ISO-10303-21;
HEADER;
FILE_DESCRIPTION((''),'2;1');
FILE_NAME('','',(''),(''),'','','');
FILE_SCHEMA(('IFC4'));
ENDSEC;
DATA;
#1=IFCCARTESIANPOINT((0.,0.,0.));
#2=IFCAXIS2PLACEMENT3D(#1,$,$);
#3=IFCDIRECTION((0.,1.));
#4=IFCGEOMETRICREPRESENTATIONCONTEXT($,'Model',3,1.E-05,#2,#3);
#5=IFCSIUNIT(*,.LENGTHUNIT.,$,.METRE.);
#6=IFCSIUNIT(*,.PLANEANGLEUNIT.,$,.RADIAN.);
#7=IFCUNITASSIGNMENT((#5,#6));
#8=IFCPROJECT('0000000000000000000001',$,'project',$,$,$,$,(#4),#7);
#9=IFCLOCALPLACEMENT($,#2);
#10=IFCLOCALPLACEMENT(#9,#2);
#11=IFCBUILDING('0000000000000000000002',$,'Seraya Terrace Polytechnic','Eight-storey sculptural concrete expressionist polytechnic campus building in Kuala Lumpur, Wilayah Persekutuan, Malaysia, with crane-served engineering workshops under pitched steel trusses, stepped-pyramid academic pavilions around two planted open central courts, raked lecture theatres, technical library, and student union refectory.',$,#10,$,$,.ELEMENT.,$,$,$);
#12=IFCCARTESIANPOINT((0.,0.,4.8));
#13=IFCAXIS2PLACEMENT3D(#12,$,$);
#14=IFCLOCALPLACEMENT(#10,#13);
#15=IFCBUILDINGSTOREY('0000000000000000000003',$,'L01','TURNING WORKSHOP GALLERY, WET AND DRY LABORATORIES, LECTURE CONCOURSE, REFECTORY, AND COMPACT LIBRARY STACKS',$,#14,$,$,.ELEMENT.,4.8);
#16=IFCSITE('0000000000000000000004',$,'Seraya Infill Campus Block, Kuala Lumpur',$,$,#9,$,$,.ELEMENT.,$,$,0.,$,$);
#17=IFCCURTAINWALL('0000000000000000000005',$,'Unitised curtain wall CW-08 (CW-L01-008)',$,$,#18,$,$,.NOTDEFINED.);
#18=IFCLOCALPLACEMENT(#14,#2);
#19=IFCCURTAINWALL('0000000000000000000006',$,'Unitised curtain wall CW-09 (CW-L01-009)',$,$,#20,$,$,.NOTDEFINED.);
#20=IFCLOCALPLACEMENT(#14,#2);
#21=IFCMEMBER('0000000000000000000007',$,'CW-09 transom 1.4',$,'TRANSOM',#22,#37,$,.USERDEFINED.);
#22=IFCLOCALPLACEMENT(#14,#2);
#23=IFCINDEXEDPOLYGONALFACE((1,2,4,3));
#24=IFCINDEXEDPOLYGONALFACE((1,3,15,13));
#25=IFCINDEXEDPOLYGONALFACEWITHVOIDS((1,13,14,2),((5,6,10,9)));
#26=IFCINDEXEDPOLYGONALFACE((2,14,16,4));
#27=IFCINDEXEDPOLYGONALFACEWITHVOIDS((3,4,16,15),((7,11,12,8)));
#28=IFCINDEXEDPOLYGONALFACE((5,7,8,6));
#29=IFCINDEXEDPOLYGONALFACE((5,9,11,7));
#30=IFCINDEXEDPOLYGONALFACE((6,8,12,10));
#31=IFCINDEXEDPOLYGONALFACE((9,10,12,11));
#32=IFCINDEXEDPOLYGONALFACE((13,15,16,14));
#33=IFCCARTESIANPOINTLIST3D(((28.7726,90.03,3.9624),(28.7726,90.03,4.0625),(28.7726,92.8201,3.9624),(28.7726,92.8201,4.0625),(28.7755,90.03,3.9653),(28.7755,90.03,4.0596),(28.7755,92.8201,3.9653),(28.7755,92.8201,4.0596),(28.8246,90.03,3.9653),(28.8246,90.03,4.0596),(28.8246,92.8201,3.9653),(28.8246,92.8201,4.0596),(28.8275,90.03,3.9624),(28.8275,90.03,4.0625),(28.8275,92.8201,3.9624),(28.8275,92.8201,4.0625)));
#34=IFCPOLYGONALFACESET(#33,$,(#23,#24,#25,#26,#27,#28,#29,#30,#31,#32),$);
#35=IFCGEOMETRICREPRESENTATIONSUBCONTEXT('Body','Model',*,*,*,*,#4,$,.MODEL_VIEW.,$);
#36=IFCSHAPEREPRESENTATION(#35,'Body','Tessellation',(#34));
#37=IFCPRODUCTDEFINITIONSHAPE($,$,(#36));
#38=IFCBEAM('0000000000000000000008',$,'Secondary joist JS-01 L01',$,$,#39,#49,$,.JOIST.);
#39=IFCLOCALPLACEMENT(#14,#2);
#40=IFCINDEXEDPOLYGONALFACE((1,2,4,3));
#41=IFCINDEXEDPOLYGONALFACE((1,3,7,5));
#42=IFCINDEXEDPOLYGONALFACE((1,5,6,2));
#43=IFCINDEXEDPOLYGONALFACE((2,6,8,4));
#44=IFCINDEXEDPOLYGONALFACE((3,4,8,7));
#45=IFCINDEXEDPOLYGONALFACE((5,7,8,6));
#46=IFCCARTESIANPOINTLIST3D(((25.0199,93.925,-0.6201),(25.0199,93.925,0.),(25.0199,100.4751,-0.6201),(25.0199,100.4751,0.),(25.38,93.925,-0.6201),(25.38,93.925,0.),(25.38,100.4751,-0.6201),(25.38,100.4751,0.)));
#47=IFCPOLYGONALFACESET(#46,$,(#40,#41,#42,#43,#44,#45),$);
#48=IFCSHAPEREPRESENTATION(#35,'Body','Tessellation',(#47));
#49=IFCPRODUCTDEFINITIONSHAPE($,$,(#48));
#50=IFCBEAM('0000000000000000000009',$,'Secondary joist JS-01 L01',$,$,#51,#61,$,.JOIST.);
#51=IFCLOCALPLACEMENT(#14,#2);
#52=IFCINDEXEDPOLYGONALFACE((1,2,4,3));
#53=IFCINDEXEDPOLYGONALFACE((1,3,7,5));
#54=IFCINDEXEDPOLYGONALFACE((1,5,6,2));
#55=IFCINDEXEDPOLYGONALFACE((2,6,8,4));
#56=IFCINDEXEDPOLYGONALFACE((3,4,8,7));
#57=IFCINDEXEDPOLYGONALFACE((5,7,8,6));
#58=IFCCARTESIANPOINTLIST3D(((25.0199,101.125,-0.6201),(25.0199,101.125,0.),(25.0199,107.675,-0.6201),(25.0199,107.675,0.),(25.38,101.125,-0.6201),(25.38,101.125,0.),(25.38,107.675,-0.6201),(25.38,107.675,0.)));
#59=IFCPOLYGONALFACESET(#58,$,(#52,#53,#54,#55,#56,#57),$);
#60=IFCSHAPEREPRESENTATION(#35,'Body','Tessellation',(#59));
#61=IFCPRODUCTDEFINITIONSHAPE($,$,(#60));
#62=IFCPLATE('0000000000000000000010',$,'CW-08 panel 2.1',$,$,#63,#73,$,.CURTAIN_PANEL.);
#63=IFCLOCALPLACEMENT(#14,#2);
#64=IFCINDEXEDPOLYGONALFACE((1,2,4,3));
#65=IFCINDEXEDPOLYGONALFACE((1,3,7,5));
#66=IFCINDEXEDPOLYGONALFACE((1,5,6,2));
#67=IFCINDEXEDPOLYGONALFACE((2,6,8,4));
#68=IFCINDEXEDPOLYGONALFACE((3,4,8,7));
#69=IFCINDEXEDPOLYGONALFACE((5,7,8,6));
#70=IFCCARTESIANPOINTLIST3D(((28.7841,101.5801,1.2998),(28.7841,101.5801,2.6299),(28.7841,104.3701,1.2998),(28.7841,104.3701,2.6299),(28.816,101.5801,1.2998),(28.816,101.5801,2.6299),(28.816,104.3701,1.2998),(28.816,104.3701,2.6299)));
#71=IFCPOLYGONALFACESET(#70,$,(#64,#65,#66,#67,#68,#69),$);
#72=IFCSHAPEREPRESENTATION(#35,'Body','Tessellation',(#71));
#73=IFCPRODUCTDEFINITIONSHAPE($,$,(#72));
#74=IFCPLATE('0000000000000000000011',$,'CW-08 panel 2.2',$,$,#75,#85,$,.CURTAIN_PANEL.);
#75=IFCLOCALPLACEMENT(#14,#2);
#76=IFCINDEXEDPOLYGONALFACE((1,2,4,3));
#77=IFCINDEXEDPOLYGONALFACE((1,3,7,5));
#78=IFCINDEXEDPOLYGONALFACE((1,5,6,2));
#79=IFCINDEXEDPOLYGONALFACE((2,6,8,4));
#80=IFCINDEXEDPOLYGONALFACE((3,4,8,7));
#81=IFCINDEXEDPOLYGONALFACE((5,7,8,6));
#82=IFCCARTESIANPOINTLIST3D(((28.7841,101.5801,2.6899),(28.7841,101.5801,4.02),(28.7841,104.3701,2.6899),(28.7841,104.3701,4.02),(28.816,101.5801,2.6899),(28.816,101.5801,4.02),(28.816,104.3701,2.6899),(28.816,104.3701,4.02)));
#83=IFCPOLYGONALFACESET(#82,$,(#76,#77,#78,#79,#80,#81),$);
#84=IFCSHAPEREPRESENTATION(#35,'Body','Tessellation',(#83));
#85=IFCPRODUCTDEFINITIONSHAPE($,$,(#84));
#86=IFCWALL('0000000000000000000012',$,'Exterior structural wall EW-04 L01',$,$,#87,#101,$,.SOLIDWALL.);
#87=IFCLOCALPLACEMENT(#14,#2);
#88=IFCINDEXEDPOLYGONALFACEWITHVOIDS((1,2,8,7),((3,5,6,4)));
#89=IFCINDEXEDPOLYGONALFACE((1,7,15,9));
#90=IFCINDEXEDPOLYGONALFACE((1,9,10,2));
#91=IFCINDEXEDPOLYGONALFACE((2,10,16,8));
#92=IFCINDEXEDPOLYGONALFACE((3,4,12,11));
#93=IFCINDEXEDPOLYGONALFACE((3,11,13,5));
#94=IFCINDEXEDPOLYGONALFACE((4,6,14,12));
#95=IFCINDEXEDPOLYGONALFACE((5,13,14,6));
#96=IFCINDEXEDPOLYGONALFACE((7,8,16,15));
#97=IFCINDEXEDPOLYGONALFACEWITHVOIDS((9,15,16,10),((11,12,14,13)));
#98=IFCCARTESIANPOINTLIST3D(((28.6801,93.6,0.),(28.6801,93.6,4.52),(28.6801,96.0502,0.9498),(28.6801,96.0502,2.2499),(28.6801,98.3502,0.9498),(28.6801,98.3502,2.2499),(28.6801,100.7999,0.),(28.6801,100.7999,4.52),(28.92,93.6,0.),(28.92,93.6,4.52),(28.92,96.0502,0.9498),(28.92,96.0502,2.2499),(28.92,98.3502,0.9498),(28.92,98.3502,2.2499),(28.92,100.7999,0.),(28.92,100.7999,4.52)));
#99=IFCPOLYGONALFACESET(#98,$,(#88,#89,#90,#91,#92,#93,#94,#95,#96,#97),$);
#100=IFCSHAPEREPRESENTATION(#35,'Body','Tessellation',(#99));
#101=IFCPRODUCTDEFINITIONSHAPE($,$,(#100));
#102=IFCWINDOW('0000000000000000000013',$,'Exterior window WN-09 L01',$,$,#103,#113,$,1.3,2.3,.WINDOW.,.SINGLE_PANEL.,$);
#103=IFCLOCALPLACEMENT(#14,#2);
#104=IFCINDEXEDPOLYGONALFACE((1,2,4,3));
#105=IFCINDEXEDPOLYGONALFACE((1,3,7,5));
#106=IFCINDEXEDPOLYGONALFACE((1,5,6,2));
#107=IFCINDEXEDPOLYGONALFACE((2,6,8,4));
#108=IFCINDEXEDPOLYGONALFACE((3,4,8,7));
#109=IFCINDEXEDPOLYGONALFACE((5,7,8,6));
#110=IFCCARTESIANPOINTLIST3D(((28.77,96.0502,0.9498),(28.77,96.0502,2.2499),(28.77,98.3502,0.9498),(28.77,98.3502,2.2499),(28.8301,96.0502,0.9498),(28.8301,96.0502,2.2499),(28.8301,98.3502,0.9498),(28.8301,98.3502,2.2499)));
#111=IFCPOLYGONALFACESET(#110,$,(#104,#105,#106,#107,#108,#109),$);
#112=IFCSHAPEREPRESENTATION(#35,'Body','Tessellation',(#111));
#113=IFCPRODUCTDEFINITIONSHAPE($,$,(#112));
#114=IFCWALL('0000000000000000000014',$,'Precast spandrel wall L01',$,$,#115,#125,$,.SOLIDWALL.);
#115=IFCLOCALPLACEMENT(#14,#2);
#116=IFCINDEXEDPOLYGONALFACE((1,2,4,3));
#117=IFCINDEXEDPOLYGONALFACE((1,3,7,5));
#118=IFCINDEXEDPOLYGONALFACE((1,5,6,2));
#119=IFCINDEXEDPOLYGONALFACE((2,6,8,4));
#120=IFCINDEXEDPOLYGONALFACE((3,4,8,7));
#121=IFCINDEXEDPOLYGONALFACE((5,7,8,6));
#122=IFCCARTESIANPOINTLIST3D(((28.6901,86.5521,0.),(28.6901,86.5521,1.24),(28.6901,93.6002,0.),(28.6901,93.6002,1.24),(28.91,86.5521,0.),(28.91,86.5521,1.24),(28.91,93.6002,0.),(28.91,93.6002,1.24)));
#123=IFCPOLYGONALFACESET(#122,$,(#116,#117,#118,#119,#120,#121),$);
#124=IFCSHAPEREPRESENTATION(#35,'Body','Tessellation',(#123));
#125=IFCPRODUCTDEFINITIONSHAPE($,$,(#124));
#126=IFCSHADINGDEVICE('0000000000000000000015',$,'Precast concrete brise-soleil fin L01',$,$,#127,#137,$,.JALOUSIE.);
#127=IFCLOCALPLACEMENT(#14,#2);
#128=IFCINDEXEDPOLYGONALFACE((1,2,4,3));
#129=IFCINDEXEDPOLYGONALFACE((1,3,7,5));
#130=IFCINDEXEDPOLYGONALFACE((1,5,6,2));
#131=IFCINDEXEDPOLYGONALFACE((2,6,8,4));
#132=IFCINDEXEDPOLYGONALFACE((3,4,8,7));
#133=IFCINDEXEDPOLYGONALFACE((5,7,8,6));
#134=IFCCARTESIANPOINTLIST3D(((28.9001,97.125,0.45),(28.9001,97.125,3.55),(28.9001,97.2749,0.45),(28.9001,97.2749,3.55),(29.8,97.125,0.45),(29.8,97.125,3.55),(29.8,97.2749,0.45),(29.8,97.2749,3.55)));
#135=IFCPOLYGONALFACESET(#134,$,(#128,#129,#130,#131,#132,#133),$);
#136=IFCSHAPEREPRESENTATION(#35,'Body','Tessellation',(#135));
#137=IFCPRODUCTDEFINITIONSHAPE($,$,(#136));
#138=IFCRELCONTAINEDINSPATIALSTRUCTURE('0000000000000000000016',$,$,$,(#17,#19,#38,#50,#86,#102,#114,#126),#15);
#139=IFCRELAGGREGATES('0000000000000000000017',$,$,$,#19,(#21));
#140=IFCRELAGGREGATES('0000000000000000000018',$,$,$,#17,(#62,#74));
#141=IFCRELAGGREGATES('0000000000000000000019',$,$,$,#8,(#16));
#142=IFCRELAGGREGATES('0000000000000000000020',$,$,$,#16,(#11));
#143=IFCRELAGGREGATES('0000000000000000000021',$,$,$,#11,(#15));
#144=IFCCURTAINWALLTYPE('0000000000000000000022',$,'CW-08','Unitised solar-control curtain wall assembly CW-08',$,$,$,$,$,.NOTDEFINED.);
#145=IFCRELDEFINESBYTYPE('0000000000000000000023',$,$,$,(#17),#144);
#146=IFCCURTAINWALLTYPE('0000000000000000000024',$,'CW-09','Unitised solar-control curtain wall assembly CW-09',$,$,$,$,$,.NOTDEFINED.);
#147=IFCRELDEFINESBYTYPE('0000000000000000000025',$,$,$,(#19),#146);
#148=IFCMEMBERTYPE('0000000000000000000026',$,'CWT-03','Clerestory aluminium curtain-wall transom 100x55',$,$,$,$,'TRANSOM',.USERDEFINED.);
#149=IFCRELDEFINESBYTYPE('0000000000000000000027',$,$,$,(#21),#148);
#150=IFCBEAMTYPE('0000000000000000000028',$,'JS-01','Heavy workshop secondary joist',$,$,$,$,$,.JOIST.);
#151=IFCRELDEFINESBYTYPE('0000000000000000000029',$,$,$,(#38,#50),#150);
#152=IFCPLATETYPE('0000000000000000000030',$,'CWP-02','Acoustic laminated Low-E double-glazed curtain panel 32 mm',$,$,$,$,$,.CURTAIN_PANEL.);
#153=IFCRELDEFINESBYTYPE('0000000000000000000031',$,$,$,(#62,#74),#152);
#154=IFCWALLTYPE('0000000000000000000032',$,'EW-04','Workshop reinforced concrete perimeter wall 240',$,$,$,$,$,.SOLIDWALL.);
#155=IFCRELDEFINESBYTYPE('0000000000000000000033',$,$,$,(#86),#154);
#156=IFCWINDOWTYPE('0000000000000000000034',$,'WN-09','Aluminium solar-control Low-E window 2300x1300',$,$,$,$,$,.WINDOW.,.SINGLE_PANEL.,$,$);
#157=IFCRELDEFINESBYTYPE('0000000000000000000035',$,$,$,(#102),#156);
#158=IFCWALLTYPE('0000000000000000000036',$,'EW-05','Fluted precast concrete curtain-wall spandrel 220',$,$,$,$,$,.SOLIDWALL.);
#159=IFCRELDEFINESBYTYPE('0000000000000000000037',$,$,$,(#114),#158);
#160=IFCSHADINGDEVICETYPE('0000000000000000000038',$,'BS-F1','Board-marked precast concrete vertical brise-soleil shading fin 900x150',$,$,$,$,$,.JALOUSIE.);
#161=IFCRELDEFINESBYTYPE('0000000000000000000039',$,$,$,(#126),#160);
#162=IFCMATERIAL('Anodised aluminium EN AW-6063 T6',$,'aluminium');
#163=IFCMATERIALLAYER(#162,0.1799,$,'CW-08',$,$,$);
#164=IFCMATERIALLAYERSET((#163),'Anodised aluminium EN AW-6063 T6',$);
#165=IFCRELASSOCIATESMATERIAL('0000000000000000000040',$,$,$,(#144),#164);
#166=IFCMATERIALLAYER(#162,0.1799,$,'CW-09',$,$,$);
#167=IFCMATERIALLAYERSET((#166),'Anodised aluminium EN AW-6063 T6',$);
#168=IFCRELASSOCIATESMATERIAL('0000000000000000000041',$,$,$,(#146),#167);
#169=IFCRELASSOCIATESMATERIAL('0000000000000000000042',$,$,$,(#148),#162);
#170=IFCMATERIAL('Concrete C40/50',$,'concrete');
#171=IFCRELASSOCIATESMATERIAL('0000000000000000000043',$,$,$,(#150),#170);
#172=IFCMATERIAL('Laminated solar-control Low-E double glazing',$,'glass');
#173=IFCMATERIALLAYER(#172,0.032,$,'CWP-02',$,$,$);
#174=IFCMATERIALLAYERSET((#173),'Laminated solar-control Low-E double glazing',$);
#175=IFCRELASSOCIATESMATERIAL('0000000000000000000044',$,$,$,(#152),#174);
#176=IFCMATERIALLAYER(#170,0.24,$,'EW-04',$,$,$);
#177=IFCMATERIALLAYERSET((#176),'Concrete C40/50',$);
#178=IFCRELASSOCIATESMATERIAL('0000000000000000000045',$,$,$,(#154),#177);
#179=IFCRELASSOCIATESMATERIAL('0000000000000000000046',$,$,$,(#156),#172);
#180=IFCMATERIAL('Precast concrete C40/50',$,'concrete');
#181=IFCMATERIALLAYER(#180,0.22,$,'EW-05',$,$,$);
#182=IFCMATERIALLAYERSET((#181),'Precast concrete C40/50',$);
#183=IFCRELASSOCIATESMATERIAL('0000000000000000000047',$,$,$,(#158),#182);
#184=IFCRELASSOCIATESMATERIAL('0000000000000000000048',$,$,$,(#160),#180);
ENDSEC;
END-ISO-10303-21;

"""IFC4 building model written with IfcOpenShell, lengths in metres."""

from ifc_helpers import new_model, si_unit, direction, frame, frame_2d, origin, origin_2d, place, context, subcontext, project, spatial, rectangle, hollow_rectangle, extrude, material, layer, layer_set, material_profile, profile_set, type_object, element, fill, aggregate, save


model = new_model("IFC4")

# Units and contexts
model_context = context("Model", 3, precision=1e-05, world=origin(), true_north=direction((0.0, 1.0)))
body_context = subcontext(model_context, "Body", "Model", "MODEL_VIEW")
ifc_project = project(units=[si_unit("LENGTHUNIT", "METRE"), si_unit("PLANEANGLEUNIT", "RADIAN")], contexts=[model_context])

# Site, building, storey
site_placement = place(None, origin())
site = spatial("IfcSite", under=ifc_project, at=site_placement, Name="Seraya Infill Campus Block, Kuala Lumpur", CompositionType="ELEMENT", RefElevation=0.0)
building_placement = place(site_placement, origin())
building = spatial("IfcBuilding", under=site, at=building_placement, Name="Seraya Terrace Polytechnic", Description="Eight-storey sculptural concrete expressionist polytechnic campus building in Kuala Lumpur, Wilayah Persekutuan, Malaysia, with crane-served engineering workshops under pitched steel trusses, stepped-pyramid academic pavilions around two planted open central courts, raked lecture theatres, technical library, and student union refectory.", CompositionType="ELEMENT")
storey_placement = place(building_placement, frame((0.0, 0.0, 4.8)))
storey = spatial("IfcBuildingStorey", under=building, at=storey_placement, Name="L01", Description="TURNING WORKSHOP GALLERY, WET AND DRY LABORATORIES, LECTURE CONCOURSE, REFECTORY, AND COMPACT LIBRARY STACKS", CompositionType="ELEMENT", Elevation=4.8)

# Shared definitions
ifc_material_1 = material(Name="Concrete C40/50", Category="concrete")

# Curtain wall
ifc_material_2 = material(Name="Anodised aluminium EN AW-6063 T6", Category="aluminium")
ifc_layer_1 = layer(ifc_material_2, 0.1799, Name="CW-08")
ifc_layer_set_1 = layer_set([ifc_layer_1], Name="Anodised aluminium EN AW-6063 T6")
curtain_wall_type_1 = type_object("IfcCurtainWallType", Name="CW-08", Description="Unitised solar-control curtain wall assembly CW-08", PredefinedType="NOTDEFINED", material=ifc_layer_set_1)
curtain_wall_1_placement = place(storey_placement, origin())
curtain_wall_1 = element("IfcCurtainWall", 1, at=curtain_wall_1_placement, inside=storey, type_object=curtain_wall_type_1, Name="Unitised curtain wall CW-08 (CW-L01-008)", PredefinedType="NOTDEFINED")

# Curtain wall
ifc_layer_2 = layer(ifc_material_2, 0.1799, Name="CW-09")
ifc_layer_set_2 = layer_set([ifc_layer_2], Name="Anodised aluminium EN AW-6063 T6")
curtain_wall_type_2 = type_object("IfcCurtainWallType", Name="CW-09", Description="Unitised solar-control curtain wall assembly CW-09", PredefinedType="NOTDEFINED", material=ifc_layer_set_2)
curtain_wall_2_placement = place(storey_placement, origin())
curtain_wall_2 = element("IfcCurtainWall", 2, at=curtain_wall_2_placement, inside=storey, type_object=curtain_wall_type_2, Name="Unitised curtain wall CW-09 (CW-L01-009)", PredefinedType="NOTDEFINED")

# Member
ifc_material_profile_1 = material_profile(ifc_material_2, hollow_rectangle(XDim=0.0549, YDim=0.1001, WallThickness=0.0029, at=origin_2d()), Name="RHS 100x55x3.0")
ifc_profile_set_1 = profile_set([ifc_material_profile_1], Name="Anodised aluminium EN AW-6063 T6")
member_type_1 = type_object("IfcMemberType", Name="CWT-03", Description="Clerestory aluminium curtain-wall transom 100x55", ElementType="TRANSOM", PredefinedType="USERDEFINED", material=ifc_profile_set_1)
member_1_placement = place(storey_placement, frame((28.8, 92.8201, 4.0125), z_axis=(0.0, -1.0, 0.0), x_axis=(1.0, 0.0, 0.0)))
member_1 = element("IfcMember", 3, at=member_1_placement, type_object=member_type_1, Name="CW-09 transom 1.4", ObjectType="TRANSOM", PredefinedType="USERDEFINED", context=body_context, shape_type="SweptSolid", body=[
    extrude(hollow_rectangle(XDim=0.0549, YDim=0.1001, WallThickness=0.0029, at=origin_2d()), origin(), (0.0, 0.0, 1.0), 2.79),
])
aggregate(curtain_wall_2, [member_1])

# Beams
ifc_material_profile_2 = material_profile(ifc_material_1, rectangle(XDim=0.3601, YDim=0.6201, at=origin_2d()), Name="RC 360x620")
ifc_profile_set_2 = profile_set([ifc_material_profile_2], Name="Concrete C40/50")
beam_type_1 = type_object("IfcBeamType", Name="JS-01", Description="Heavy workshop secondary joist", PredefinedType="JOIST", material=ifc_profile_set_2)
for number, where, z_axis, x_axis, name in (
    (4, (25.2, 93.925, -0.3101), (0.0, 1.0, 0.0), (-1.0, 0.0, 0.0), "Secondary joist JS-01 L01"),
    (5, (25.2, 101.125, -0.3101), (0.0, 1.0, 0.0), (-1.0, 0.0, 0.0), "Secondary joist JS-01 L01"),
):
    element("IfcBeam", number, at=place(storey_placement, frame(where, z_axis=z_axis, x_axis=x_axis)), inside=storey, type_object=beam_type_1, Name=name, PredefinedType="JOIST", context=body_context, shape_type="SweptSolid", body=[
        extrude(rectangle(XDim=0.3601, YDim=0.6201, at=origin_2d()), origin(), (0.0, 0.0, 1.0), 6.55),
    ])

# Plates
ifc_material_3 = material(Name="Laminated solar-control Low-E double glazing", Category="glass")
ifc_layer_3 = layer(ifc_material_3, 0.032, Name="CWP-02")
ifc_layer_set_3 = layer_set([ifc_layer_3], Name="Laminated solar-control Low-E double glazing")
plate_type = type_object("IfcPlateType", Name="CWP-02", Description="Acoustic laminated Low-E double-glazed curtain panel 32 mm", PredefinedType="CURTAIN_PANEL", material=ifc_layer_set_3)
plate_1_placement = place(storey_placement, frame((28.8, 102.9751, 1.2998), z_axis=(0.0, 0.0, 1.0), x_axis=(0.0, -1.0, 0.0)))
plate_1 = element("IfcPlate", 6, at=plate_1_placement, type_object=plate_type, Name="CW-08 panel 2.1", PredefinedType="CURTAIN_PANEL", context=body_context, shape_type="SweptSolid", body=[
    extrude(rectangle(XDim=2.79, YDim=0.032, at=origin_2d()), origin(), (0.0, 0.0, 1.0), 1.3301),
])
plate_2_placement = place(storey_placement, frame((28.8, 102.9751, 2.6899), z_axis=(0.0, 0.0, 1.0), x_axis=(0.0, -1.0, 0.0)))
plate_2 = element("IfcPlate", 7, at=plate_2_placement, type_object=plate_type, Name="CW-08 panel 2.2", PredefinedType="CURTAIN_PANEL", context=body_context, shape_type="SweptSolid", body=[
    extrude(rectangle(XDim=2.79, YDim=0.032, at=origin_2d()), origin(), (0.0, 0.0, 1.0), 1.3301),
])
aggregate(curtain_wall_1, [plate_1, plate_2])

# Wall, opening, window
ifc_layer_4 = layer(ifc_material_1, 0.24, Name="EW-04")
ifc_layer_set_4 = layer_set([ifc_layer_4], Name="Concrete C40/50")
wall_type_1 = type_object("IfcWallType", Name="EW-04", Description="Workshop reinforced concrete perimeter wall 240", PredefinedType="SOLIDWALL", material=ifc_layer_set_4)
wall_1_placement = place(storey_placement, frame((28.8, 100.8, 0.0), z_axis=(0.0, 0.0, 1.0), x_axis=(0.0, -1.0, 0.0)))
wall_1 = element("IfcWall", 8, at=wall_1_placement, inside=storey, type_object=wall_type_1, Name="Exterior structural wall EW-04 L01", PredefinedType="SOLIDWALL", context=body_context, shape_type="SweptSolid", body=[
    extrude(rectangle(XDim=7.2, YDim=0.24, at=frame_2d((3.6001, 0.0))), origin(), (0.0, 0.0, 1.0), 4.52),
])
opening_placement = place(wall_1_placement, frame((2.45, 0.0, 0.95)))
opening = element("IfcOpeningElement", 9, at=opening_placement, cuts=wall_1, PredefinedType="OPENING", context=body_context, shape_type="SweptSolid", body=[
    extrude(rectangle(XDim=2.3, YDim=1.3, at=frame_2d((1.1499, 0.6499))), frame((0.0, 0.1318, 0.0), z_axis=(0.0, -1.0, 0.0), x_axis=(1.0, 0.0, 0.0)), (0.0, 0.0, 1.0), 0.2639),
])
window_type = type_object("IfcWindowType", Name="WN-09", Description="Aluminium solar-control Low-E window 2300x1300", PartitioningType="SINGLE_PANEL", PredefinedType="WINDOW", material=ifc_material_3)
window_placement = place(opening_placement, origin())
window = element("IfcWindow", 10, at=window_placement, inside=storey, type_object=window_type, Name="Exterior window WN-09 L01", OverallHeight=1.3, OverallWidth=2.3, PartitioningType="SINGLE_PANEL", PredefinedType="WINDOW", context=body_context, shape_type="SweptSolid", body=[
    extrude(rectangle(XDim=2.3, YDim=1.3, at=frame_2d((1.1499, 0.6499))), frame((0.0, 0.03, 0.0), z_axis=(0.0, -1.0, 0.0), x_axis=(1.0, 0.0, 0.0)), (0.0, 0.0, 1.0), 0.0601),
])
fill(opening, window)

# Wall
ifc_material_4 = material(Name="Precast concrete C40/50", Category="concrete")
ifc_layer_5 = layer(ifc_material_4, 0.22, Name="EW-05")
ifc_layer_set_5 = layer_set([ifc_layer_5], Name="Precast concrete C40/50")
wall_type_2 = type_object("IfcWallType", Name="EW-05", Description="Fluted precast concrete curtain-wall spandrel 220", PredefinedType="SOLIDWALL", material=ifc_layer_set_5)
wall_2_placement = place(storey_placement, frame((28.8, 93.6001, 0.0), z_axis=(0.0, 0.0, 1.0), x_axis=(0.0, -1.0, 0.0)))
element("IfcWall", 11, at=wall_2_placement, inside=storey, type_object=wall_type_2, Name="Precast spandrel wall L01", PredefinedType="SOLIDWALL", context=body_context, shape_type="SweptSolid", body=[
    extrude(rectangle(XDim=7.0481, YDim=0.22, at=frame_2d((3.5239, 0.0))), origin(), (0.0, 0.0, 1.0), 1.24),
])

# Shading device
shading_device_type = type_object("IfcShadingDeviceType", Name="BS-F1", Description="Board-marked precast concrete vertical brise-soleil shading fin 900x150", PredefinedType="JALOUSIE", material=ifc_material_4)
shading_device_placement = place(storey_placement, frame((29.3501, 97.2, 0.45), z_axis=(0.0, 0.0, 1.0), x_axis=(1.0, 0.0, 0.0)))
element("IfcShadingDevice", 12, at=shading_device_placement, inside=storey, type_object=shading_device_type, Name="Precast concrete brise-soleil fin L01", PredefinedType="JALOUSIE", context=body_context, shape_type="SweptSolid", body=[
    extrude(rectangle(XDim=0.8999, YDim=0.1499, at=origin_2d()), origin(), (0.0, 0.0, 1.0), 3.1001),
])

save(model, "model.ifc")
